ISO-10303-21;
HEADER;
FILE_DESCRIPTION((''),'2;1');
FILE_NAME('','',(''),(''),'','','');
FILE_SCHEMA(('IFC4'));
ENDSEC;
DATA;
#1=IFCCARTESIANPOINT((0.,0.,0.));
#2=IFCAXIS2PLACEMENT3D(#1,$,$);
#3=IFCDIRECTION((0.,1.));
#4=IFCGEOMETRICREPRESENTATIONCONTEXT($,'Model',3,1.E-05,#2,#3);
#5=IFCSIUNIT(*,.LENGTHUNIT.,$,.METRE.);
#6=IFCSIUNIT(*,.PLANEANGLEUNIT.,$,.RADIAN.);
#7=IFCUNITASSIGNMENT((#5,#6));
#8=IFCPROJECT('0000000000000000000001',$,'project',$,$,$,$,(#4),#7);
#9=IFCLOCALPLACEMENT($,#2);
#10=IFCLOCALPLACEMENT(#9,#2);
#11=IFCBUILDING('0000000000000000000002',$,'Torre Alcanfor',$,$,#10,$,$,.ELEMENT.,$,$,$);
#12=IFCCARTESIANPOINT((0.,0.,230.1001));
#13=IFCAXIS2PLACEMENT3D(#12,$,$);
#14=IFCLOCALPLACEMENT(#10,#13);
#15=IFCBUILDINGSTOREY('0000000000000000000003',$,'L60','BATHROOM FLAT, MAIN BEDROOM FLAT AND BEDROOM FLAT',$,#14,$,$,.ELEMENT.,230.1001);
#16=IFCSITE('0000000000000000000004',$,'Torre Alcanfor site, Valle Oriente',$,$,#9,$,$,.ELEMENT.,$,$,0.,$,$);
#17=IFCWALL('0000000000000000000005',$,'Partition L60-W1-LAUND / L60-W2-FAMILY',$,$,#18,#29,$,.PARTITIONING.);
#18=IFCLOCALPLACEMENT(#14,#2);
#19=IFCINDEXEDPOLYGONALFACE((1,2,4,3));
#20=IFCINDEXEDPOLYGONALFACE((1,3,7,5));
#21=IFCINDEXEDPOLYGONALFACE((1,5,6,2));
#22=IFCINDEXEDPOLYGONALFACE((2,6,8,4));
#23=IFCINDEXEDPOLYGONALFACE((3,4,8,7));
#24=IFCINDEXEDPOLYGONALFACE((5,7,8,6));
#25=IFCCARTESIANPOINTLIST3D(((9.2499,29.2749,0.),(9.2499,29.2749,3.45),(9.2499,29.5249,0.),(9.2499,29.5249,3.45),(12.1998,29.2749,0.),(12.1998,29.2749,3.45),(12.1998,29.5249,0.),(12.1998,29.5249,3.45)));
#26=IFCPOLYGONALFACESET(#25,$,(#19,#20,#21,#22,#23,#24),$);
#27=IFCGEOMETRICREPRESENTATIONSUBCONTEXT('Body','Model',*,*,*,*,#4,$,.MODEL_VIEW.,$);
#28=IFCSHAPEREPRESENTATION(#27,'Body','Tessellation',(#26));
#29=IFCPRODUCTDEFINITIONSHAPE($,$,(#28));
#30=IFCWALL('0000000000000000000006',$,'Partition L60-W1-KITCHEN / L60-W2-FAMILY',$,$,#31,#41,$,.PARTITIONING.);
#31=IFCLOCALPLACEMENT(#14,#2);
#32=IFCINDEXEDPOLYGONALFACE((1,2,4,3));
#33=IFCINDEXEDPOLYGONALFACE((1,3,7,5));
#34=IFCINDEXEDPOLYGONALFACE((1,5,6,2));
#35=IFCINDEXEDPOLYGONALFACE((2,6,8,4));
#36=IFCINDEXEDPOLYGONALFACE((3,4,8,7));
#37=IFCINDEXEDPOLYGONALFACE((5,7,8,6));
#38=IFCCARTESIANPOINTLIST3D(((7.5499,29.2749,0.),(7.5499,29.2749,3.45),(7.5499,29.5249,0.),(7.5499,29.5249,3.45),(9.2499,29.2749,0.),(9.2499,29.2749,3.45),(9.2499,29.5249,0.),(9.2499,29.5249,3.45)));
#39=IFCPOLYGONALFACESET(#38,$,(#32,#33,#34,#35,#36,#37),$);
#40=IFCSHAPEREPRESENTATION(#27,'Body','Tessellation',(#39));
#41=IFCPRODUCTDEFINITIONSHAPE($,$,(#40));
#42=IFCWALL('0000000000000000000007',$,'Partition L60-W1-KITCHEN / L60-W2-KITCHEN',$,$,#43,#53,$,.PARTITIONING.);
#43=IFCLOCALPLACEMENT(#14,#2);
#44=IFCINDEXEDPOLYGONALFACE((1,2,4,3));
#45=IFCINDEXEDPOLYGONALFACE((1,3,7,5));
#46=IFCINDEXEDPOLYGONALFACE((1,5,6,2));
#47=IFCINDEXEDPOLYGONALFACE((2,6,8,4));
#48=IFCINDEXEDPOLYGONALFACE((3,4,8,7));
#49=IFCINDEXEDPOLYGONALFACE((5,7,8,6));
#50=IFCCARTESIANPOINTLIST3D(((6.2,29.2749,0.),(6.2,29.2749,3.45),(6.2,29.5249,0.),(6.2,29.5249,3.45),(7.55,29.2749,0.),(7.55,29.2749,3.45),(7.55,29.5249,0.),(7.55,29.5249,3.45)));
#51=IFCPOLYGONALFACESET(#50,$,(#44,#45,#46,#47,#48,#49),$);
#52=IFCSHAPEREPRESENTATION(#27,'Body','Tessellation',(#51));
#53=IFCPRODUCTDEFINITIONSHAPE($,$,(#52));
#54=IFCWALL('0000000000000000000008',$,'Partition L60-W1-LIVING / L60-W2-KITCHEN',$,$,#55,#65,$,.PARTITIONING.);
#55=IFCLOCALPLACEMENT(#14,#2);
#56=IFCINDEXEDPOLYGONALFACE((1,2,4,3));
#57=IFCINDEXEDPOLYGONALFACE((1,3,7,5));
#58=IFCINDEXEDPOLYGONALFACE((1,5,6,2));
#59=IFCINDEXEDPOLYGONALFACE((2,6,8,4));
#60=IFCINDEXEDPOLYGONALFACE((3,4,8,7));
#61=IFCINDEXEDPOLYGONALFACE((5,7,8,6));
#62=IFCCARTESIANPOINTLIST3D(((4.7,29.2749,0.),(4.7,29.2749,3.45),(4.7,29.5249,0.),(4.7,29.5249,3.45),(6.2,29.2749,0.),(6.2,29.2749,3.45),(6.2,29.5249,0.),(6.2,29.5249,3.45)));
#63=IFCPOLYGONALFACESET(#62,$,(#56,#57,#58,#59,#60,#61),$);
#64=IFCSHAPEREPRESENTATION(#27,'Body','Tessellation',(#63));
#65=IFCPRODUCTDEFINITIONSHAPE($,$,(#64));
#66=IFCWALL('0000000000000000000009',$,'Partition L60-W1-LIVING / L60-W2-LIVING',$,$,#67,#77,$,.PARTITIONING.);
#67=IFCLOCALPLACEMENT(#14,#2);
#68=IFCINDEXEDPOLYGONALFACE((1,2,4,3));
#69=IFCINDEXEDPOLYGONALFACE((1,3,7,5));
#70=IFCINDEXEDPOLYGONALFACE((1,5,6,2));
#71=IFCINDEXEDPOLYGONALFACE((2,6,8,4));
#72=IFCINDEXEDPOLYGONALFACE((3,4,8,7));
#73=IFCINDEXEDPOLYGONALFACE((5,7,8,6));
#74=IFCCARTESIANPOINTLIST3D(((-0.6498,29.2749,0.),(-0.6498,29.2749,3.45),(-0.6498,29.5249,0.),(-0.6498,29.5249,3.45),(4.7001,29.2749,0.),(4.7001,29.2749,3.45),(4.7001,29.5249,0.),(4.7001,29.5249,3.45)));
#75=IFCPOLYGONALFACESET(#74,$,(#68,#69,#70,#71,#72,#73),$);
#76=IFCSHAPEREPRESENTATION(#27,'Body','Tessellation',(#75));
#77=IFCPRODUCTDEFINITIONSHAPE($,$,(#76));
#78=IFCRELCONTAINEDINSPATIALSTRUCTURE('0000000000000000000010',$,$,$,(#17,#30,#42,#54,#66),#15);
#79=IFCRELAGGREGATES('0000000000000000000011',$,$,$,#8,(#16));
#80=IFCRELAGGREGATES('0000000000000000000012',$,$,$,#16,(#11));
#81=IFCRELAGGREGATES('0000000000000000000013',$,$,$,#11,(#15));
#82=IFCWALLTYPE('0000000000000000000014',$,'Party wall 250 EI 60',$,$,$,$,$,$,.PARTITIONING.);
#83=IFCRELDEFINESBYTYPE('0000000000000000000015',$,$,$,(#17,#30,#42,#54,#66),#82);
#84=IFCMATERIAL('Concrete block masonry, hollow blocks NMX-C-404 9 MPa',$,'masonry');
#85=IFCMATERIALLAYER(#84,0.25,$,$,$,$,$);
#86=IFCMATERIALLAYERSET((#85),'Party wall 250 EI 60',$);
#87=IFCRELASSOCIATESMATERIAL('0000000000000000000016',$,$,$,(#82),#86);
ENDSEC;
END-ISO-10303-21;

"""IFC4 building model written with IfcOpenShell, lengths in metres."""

from ifc_helpers import new_model, si_unit, direction, frame, frame_2d, origin, place, context, subcontext, project, spatial, rectangle, extrude, material, layer, layer_set, type_object, element, save


model = new_model("IFC4")

# Units and contexts
model_context = context("Model", 3, precision=1e-05, world=origin(), true_north=direction((0.0, 1.0)))
body_context = subcontext(model_context, "Body", "Model", "MODEL_VIEW")
ifc_project = project(units=[si_unit("LENGTHUNIT", "METRE"), si_unit("PLANEANGLEUNIT", "RADIAN")], contexts=[model_context])

# Site, building, storey
site_placement = place(None, origin())
site = spatial("IfcSite", under=ifc_project, at=site_placement, Name="Torre Alcanfor site, Valle Oriente", CompositionType="ELEMENT", RefElevation=0.0)
building_placement = place(site_placement, origin())
building = spatial("IfcBuilding", under=site, at=building_placement, Name="Torre Alcanfor", CompositionType="ELEMENT")
storey_placement = place(building_placement, frame((0.0, 0.0, 230.1001)))
storey = spatial("IfcBuildingStorey", under=building, at=storey_placement, Name="L60", Description="BATHROOM FLAT, MAIN BEDROOM FLAT AND BEDROOM FLAT", CompositionType="ELEMENT", Elevation=230.1001)

# Walls
ifc_material_1 = material(Name="Concrete block masonry, hollow blocks NMX-C-404 9 MPa", Category="masonry")
ifc_layer_1 = layer(ifc_material_1, 0.25)
ifc_layer_set_1 = layer_set([ifc_layer_1], Name="Party wall 250 EI 60")
wall_type_1 = type_object("IfcWallType", Name="Party wall 250 EI 60", PredefinedType="PARTITIONING", material=ifc_layer_set_1)
wall_1_placement = place(storey_placement, frame((12.2, 29.3999, 0.0), z_axis=(0.0, 0.0, 1.0), x_axis=(-1.0, 0.0, 0.0)))
element("IfcWall", 1, at=wall_1_placement, inside=storey, type_object=wall_type_1, Name="Partition L60-W1-LAUND / L60-W2-FAMILY", PredefinedType="PARTITIONING", context=body_context, shape_type="SweptSolid", body=[
    extrude(rectangle(XDim=2.95, YDim=0.25, at=frame_2d((1.4751, 0.0))), origin(), (0.0, 0.0, 1.0), 3.45),
])
wall_2_placement = place(storey_placement, frame((9.25, 29.3999, 0.0), z_axis=(0.0, 0.0, 1.0), x_axis=(-1.0, 0.0, 0.0)))
element("IfcWall", 2, at=wall_2_placement, inside=storey, type_object=wall_type_1, Name="Partition L60-W1-KITCHEN / L60-W2-FAMILY", PredefinedType="PARTITIONING", context=body_context, shape_type="SweptSolid", body=[
    extrude(rectangle(XDim=1.7, YDim=0.25, at=frame_2d((0.8501, 0.0))), origin(), (0.0, 0.0, 1.0), 3.45),
])
wall_3_placement = place(storey_placement, frame((7.55, 29.3999, 0.0), z_axis=(0.0, 0.0, 1.0), x_axis=(-1.0, 0.0, 0.0)))
element("IfcWall", 3, at=wall_3_placement, inside=storey, type_object=wall_type_1, Name="Partition L60-W1-KITCHEN / L60-W2-KITCHEN", PredefinedType="PARTITIONING", context=body_context, shape_type="SweptSolid", body=[
    extrude(rectangle(XDim=1.3501, YDim=0.25, at=frame_2d((0.675, 0.0))), origin(), (0.0, 0.0, 1.0), 3.45),
])
wall_4_placement = place(storey_placement, frame((6.2, 29.3999, 0.0), z_axis=(0.0, 0.0, 1.0), x_axis=(-1.0, 0.0, 0.0)))
element("IfcWall", 4, at=wall_4_placement, inside=storey, type_object=wall_type_1, Name="Partition L60-W1-LIVING / L60-W2-KITCHEN", PredefinedType="PARTITIONING", context=body_context, shape_type="SweptSolid", body=[
    extrude(rectangle(XDim=1.5, YDim=0.25, at=frame_2d((0.75, 0.0))), origin(), (0.0, 0.0, 1.0), 3.45),
])
wall_5_placement = place(storey_placement, frame((4.7, 29.3999, 0.0), z_axis=(0.0, 0.0, 1.0), x_axis=(-1.0, 0.0, 0.0)))
element("IfcWall", 5, at=wall_5_placement, inside=storey, type_object=wall_type_1, Name="Partition L60-W1-LIVING / L60-W2-LIVING", PredefinedType="PARTITIONING", context=body_context, shape_type="SweptSolid", body=[
    extrude(rectangle(XDim=5.3499, YDim=0.25, at=frame_2d((2.6748, 0.0))), origin(), (0.0, 0.0, 1.0), 3.45),
])

save(model, "model.ifc")
